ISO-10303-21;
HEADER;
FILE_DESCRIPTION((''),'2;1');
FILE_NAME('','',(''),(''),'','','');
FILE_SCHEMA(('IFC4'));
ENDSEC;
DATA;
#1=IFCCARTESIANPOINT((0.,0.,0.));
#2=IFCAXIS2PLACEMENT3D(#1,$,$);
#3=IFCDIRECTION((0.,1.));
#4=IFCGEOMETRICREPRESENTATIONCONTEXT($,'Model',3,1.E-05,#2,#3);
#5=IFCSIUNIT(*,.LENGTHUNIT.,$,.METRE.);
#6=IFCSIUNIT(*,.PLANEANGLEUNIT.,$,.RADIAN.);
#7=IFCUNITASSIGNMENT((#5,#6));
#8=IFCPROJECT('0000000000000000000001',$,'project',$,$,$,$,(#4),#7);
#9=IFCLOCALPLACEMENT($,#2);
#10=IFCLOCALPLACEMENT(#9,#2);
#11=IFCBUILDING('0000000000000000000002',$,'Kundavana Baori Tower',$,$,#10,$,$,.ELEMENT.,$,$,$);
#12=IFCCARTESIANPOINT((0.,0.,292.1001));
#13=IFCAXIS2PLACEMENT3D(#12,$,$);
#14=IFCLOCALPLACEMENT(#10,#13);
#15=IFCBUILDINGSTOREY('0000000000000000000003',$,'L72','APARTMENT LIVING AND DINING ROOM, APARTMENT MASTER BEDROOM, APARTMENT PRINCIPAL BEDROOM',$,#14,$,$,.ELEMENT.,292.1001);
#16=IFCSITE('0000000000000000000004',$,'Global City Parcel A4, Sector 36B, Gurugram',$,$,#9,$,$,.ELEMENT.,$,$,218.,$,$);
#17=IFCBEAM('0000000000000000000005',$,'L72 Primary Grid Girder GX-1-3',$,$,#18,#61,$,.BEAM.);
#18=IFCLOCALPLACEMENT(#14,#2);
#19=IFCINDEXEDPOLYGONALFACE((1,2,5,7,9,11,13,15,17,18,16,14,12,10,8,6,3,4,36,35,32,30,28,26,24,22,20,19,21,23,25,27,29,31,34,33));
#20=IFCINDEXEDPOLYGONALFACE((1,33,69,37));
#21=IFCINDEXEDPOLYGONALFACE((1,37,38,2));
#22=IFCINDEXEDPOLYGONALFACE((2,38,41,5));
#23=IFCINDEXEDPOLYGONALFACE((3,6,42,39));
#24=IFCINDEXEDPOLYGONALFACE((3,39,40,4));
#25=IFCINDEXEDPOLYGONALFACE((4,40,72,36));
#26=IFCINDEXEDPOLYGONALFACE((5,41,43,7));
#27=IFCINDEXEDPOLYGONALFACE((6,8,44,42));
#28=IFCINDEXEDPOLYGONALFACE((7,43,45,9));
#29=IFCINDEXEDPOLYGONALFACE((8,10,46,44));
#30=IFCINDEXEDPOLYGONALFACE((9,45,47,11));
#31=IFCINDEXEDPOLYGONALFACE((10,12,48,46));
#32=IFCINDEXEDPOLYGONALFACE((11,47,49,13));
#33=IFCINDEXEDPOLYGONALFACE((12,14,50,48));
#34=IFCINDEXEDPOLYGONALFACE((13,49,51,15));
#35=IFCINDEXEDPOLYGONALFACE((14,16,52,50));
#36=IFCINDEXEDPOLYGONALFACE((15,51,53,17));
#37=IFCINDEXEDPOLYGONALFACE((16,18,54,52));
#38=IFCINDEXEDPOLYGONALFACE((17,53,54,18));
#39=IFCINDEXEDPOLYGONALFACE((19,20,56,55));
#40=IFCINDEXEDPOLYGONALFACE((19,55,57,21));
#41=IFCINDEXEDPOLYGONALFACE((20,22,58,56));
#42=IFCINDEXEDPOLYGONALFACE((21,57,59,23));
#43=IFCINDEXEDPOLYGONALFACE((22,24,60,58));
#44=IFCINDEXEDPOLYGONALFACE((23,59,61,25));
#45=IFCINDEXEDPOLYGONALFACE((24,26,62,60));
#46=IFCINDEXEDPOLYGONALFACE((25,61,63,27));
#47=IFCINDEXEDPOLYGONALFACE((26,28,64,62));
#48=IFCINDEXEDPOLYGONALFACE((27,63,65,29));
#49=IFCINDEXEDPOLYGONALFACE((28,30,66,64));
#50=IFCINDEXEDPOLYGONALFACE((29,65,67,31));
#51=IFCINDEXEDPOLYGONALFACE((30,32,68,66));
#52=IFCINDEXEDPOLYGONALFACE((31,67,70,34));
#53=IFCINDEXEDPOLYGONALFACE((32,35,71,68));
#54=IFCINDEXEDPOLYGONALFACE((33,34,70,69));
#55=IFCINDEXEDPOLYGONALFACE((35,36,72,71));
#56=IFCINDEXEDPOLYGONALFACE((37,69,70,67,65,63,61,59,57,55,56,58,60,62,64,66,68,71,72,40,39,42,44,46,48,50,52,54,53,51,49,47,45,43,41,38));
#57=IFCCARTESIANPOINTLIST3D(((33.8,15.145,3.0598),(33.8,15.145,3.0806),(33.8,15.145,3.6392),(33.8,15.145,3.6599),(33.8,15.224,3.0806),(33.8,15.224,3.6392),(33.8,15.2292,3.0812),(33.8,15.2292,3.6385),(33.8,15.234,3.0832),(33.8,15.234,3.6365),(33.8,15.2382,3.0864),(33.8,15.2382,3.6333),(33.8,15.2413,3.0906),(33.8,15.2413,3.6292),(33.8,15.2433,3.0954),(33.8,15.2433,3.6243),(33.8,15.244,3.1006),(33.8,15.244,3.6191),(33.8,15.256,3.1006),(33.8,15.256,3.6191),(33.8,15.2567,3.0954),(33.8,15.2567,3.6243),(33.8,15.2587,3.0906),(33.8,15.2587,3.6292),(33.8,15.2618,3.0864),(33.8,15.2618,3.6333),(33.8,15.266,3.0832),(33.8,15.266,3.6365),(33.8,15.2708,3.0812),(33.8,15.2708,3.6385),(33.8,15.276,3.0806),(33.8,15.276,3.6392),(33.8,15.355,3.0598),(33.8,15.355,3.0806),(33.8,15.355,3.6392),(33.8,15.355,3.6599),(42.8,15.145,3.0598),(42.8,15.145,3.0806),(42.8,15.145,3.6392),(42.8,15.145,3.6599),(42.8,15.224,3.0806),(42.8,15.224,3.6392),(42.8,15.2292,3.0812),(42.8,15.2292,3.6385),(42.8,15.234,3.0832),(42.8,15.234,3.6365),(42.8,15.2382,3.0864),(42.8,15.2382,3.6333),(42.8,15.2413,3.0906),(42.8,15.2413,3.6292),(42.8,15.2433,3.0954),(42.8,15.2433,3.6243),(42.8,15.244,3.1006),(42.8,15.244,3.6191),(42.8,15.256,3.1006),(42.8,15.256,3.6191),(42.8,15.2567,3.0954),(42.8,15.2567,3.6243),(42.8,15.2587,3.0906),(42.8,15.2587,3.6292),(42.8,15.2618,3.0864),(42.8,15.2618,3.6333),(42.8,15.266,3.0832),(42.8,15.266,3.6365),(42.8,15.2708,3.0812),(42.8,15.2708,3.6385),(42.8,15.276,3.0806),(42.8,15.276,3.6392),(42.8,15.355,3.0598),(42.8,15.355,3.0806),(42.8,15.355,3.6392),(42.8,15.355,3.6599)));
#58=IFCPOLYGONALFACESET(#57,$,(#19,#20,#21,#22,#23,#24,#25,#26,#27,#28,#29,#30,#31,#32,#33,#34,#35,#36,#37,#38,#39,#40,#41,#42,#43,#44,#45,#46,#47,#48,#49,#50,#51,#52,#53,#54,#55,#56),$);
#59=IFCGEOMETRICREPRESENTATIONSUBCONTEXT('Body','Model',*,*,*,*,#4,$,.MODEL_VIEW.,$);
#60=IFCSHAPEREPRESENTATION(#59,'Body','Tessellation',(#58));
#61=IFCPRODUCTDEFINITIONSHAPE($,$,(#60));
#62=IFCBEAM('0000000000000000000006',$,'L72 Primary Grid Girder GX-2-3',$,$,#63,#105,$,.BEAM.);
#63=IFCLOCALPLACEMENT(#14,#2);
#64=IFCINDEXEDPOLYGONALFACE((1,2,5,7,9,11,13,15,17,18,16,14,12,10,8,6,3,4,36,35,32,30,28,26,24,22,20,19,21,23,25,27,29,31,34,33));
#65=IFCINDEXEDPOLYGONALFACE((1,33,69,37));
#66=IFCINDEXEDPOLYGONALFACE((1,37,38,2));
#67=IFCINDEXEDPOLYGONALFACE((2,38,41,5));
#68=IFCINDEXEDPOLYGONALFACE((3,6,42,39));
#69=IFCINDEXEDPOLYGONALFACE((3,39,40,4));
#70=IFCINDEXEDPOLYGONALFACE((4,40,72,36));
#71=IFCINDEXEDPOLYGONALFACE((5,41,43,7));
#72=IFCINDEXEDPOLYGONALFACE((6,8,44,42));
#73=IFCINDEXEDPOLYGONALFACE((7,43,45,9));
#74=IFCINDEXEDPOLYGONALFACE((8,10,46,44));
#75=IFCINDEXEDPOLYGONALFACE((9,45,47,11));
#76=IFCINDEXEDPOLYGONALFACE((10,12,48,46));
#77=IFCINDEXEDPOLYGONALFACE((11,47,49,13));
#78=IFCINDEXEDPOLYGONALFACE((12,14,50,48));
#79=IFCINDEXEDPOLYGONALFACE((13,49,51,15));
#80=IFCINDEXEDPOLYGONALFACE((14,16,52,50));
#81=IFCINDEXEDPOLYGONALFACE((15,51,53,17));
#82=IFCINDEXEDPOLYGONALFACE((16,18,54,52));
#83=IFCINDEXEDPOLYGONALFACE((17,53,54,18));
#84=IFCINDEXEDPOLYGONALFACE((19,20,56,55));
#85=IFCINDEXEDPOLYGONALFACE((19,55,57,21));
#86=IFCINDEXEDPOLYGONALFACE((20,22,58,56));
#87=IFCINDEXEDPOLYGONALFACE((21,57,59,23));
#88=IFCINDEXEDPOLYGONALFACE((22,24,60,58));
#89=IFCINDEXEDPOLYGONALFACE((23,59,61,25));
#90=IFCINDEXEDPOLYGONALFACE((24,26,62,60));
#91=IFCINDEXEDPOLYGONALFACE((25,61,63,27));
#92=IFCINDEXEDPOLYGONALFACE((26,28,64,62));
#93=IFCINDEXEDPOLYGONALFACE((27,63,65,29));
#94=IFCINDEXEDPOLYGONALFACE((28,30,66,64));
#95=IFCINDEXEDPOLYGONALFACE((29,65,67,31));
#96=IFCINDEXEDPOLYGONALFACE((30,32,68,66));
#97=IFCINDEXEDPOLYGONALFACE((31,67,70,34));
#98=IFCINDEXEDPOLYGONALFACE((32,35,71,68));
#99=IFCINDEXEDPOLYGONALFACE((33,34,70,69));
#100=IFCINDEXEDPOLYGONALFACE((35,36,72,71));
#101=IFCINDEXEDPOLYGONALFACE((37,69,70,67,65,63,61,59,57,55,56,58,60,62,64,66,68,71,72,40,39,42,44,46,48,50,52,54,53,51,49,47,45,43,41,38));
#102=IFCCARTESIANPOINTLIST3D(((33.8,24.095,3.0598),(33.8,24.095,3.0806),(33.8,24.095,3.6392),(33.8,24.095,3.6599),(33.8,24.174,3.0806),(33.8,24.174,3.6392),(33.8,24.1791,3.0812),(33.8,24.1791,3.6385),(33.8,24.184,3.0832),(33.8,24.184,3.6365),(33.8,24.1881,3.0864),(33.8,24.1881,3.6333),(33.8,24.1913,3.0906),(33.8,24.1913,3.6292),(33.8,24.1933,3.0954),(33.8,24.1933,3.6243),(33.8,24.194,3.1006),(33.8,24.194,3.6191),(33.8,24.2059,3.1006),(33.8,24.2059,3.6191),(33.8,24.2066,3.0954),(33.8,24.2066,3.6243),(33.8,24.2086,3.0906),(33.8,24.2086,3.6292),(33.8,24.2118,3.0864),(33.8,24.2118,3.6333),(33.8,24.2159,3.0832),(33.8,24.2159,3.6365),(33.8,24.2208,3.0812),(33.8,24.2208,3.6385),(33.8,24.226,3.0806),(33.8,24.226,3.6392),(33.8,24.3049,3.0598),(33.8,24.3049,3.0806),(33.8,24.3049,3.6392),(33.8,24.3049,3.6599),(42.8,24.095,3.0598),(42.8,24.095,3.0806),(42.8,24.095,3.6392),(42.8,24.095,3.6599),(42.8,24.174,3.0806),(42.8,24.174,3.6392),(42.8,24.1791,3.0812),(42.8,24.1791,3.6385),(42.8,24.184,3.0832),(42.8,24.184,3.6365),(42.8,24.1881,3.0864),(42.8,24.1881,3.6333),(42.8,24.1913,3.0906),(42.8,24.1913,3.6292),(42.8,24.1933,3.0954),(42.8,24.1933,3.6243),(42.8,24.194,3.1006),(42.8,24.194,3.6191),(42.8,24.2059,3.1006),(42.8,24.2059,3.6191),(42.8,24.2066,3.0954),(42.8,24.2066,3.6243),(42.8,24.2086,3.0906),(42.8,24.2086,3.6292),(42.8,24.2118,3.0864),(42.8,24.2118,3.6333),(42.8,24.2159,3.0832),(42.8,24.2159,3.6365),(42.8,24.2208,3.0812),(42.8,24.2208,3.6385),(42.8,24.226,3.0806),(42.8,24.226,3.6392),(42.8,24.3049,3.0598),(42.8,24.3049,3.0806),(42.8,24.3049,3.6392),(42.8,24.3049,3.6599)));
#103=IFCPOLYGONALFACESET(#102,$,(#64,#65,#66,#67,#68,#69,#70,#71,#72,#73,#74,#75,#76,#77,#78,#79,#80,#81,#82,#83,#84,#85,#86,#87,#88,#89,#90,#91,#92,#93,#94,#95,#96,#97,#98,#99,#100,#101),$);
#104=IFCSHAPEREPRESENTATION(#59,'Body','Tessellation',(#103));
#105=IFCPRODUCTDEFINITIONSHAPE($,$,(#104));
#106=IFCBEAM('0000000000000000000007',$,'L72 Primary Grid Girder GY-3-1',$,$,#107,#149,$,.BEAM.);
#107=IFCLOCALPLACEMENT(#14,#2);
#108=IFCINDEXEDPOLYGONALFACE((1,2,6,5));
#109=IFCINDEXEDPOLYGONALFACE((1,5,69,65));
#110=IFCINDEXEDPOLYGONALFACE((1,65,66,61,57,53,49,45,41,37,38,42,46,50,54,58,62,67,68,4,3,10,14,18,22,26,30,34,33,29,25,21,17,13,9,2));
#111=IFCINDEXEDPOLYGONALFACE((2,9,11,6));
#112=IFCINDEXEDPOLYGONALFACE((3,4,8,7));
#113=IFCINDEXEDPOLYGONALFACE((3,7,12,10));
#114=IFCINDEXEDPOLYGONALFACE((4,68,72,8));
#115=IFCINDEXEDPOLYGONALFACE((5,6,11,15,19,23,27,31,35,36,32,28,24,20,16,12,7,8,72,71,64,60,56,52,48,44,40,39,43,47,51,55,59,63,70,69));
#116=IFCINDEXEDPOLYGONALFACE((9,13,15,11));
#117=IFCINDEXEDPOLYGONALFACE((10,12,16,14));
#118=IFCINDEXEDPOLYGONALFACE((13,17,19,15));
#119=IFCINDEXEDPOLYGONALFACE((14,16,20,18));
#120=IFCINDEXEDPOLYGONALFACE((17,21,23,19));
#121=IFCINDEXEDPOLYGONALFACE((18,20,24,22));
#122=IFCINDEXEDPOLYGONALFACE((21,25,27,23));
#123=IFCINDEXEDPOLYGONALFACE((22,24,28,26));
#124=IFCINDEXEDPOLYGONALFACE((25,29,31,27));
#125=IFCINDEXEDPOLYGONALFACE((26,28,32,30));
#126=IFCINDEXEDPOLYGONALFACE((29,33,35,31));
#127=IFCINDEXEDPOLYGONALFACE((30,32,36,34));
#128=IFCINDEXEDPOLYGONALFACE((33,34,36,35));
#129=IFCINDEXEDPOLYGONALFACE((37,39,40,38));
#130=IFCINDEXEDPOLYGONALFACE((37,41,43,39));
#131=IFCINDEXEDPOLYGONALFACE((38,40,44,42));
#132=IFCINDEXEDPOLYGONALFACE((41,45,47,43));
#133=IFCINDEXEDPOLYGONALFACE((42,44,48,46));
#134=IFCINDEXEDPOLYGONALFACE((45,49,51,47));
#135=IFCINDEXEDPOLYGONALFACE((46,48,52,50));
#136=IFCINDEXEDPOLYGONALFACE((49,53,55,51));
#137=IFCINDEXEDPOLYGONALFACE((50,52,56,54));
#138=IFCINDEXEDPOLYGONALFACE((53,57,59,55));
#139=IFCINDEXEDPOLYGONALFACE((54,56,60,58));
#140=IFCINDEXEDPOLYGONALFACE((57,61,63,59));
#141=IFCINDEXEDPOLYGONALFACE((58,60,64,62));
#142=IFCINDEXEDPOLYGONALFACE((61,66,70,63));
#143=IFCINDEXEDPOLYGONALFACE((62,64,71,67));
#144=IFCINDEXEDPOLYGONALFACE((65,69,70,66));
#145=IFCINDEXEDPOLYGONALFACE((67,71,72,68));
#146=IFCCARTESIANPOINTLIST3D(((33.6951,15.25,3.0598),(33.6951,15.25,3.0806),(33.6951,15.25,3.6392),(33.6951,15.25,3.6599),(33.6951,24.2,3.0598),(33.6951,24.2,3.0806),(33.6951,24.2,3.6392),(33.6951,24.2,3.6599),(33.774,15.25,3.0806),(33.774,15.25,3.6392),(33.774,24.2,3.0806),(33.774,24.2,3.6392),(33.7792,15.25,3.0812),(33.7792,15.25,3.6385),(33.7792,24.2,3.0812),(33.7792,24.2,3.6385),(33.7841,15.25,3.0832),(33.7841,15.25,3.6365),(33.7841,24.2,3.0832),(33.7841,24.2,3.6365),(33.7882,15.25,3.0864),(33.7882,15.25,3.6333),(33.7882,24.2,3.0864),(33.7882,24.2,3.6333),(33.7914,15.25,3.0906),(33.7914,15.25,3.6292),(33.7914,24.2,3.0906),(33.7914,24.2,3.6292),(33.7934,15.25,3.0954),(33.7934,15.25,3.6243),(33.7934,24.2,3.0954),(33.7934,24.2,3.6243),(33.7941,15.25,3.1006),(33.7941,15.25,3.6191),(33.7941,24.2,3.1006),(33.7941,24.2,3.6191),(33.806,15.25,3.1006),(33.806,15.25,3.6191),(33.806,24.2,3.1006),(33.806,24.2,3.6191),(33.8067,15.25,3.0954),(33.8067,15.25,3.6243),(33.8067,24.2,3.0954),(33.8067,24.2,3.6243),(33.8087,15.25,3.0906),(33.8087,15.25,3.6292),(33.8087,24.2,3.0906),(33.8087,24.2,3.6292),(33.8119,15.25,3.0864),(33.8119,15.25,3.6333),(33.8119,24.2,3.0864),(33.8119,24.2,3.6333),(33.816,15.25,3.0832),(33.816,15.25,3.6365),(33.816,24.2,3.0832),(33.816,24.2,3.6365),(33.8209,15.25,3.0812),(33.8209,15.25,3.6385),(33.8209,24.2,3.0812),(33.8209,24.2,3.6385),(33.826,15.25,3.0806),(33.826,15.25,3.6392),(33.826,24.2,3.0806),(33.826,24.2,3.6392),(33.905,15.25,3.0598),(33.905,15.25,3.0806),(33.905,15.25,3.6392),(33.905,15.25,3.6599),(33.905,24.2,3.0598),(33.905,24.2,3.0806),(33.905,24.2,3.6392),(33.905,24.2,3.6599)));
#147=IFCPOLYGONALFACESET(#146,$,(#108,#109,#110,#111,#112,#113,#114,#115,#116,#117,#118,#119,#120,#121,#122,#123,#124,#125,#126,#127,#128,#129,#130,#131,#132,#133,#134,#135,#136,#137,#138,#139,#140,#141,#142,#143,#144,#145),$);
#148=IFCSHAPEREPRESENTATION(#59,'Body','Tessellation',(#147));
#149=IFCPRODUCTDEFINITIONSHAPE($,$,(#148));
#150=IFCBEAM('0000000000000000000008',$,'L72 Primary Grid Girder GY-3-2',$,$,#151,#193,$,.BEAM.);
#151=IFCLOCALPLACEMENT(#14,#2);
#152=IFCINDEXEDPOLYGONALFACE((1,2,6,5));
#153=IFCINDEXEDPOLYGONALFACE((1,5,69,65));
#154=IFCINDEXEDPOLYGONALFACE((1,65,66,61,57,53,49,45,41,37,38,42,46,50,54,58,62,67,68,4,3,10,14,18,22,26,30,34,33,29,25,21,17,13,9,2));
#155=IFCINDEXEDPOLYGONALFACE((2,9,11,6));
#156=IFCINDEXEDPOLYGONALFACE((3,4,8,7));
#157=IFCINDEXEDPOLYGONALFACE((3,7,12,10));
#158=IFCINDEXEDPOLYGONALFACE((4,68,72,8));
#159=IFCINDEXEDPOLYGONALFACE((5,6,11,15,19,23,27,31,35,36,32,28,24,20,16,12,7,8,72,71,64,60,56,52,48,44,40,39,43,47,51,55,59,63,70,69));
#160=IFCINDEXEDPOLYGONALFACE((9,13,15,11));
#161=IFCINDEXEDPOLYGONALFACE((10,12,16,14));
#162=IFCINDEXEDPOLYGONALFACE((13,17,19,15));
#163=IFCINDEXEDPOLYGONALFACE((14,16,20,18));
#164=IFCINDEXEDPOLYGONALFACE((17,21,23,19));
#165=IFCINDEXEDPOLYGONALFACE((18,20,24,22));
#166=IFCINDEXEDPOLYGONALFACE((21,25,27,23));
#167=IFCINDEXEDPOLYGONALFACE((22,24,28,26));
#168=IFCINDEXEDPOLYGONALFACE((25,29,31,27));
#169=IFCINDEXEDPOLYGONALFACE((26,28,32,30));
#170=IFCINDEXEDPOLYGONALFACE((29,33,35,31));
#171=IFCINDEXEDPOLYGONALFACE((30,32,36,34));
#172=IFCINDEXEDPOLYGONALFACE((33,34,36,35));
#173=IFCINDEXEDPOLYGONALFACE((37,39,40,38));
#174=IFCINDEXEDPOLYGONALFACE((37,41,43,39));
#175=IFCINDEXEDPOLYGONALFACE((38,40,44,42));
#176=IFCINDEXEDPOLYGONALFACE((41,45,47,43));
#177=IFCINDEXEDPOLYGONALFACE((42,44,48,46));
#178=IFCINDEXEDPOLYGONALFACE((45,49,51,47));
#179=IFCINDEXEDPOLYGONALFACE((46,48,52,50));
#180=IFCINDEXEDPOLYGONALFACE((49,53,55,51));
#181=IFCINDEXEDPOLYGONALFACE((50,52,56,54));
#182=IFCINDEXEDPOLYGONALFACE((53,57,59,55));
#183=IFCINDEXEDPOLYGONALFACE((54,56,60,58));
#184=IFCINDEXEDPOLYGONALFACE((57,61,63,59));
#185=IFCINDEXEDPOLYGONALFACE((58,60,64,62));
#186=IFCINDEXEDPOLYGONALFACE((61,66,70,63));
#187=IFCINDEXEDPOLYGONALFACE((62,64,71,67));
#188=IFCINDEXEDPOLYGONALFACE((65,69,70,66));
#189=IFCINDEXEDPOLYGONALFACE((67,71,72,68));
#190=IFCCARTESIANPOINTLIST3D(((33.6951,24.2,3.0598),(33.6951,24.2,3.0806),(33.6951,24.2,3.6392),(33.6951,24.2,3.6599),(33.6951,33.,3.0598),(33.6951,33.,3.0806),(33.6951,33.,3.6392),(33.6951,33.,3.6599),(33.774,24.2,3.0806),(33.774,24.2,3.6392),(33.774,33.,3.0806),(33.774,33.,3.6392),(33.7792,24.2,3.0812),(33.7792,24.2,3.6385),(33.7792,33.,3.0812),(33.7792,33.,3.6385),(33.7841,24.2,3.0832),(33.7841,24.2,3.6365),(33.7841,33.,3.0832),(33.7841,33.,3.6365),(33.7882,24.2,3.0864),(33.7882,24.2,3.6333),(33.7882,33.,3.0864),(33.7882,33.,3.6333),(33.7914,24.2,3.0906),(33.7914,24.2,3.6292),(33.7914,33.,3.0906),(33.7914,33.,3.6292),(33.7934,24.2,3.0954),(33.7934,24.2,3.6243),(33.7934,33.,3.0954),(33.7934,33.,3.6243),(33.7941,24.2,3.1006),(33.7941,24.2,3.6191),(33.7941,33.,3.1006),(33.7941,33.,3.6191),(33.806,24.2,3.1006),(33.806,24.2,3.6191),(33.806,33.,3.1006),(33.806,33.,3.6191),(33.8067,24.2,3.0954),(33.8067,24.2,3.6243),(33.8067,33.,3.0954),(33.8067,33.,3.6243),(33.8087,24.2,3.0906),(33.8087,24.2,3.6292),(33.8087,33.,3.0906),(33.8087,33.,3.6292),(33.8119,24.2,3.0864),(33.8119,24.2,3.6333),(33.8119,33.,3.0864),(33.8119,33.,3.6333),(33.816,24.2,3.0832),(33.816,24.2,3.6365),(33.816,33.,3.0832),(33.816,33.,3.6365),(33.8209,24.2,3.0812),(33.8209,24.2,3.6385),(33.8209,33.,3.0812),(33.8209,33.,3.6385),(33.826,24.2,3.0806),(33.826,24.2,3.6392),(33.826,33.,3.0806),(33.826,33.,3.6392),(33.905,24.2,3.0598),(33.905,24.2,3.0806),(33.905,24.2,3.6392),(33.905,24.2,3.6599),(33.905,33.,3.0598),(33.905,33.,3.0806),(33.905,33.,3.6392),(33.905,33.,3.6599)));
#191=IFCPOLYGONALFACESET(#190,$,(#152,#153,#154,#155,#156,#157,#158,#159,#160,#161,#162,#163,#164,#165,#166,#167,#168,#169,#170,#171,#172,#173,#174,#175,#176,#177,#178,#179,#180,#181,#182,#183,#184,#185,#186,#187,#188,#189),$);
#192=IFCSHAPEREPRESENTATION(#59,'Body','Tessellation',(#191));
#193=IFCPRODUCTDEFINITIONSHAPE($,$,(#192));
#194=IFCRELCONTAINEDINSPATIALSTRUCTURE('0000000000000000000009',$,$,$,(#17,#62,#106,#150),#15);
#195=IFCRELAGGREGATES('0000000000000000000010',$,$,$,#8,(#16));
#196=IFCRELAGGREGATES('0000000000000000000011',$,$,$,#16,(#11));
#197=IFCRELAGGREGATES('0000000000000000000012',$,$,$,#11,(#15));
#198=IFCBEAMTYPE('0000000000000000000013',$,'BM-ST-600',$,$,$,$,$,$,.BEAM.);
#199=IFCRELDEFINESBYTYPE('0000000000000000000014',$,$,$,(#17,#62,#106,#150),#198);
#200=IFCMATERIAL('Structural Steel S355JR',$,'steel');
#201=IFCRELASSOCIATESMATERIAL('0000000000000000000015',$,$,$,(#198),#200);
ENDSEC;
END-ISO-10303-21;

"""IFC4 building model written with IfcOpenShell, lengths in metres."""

from ifc_helpers import new_model, si_unit, direction, frame, origin, origin_2d, place, context, subcontext, project, spatial, i_section, extrude, material, material_profile, profile_set, type_object, element, save


model = new_model("IFC4")

# Units and contexts
model_context = context("Model", 3, precision=1e-05, world=origin(), true_north=direction((0.0, 1.0)))
body_context = subcontext(model_context, "Body", "Model", "MODEL_VIEW")
ifc_project = project(units=[si_unit("LENGTHUNIT", "METRE"), si_unit("PLANEANGLEUNIT", "RADIAN")], contexts=[model_context])

# Site, building, storey
site_placement = place(None, origin())
site = spatial("IfcSite", under=ifc_project, at=site_placement, Name="Global City Parcel A4, Sector 36B, Gurugram", CompositionType="ELEMENT", RefElevation=218.0)
building_placement = place(site_placement, origin())
building = spatial("IfcBuilding", under=site, at=building_placement, Name="Kundavana Baori Tower", CompositionType="ELEMENT")
storey_placement = place(building_placement, frame((0.0, 0.0, 292.1001)))
storey = spatial("IfcBuildingStorey", under=building, at=storey_placement, Name="L72", Description="APARTMENT LIVING AND DINING ROOM, APARTMENT MASTER BEDROOM, APARTMENT PRINCIPAL BEDROOM", CompositionType="ELEMENT", Elevation=292.1001)

# Beams
ifc_material_1 = material(Name="Structural Steel S355JR", Category="steel")
ifc_material_profile_1 = material_profile(ifc_material_1, i_section(OverallWidth=0.21, OverallDepth=0.6001, WebThickness=0.012, FlangeThickness=0.0208, FilletRadius=0.02, at=origin_2d()), Name="ISMB 600")
ifc_profile_set_1 = profile_set([ifc_material_profile_1], Name="Structural Steel S355JR")
beam_type_1 = type_object("IfcBeamType", Name="BM-ST-600", PredefinedType="BEAM", material=ifc_profile_set_1)
for number, where, z_axis, x_axis, name in (
    (1, (33.8, 15.25, 3.3599), (1.0, 0.0, 0.0), (0.0, 1.0, 0.0), "L72 Primary Grid Girder GX-1-3"),
    (2, (33.8, 24.2, 3.3599), (1.0, 0.0, 0.0), (0.0, 1.0, 0.0), "L72 Primary Grid Girder GX-2-3"),
):
    element("IfcBeam", number, at=place(storey_placement, frame(where, z_axis=z_axis, x_axis=x_axis)), inside=storey, type_object=beam_type_1, Name=name, PredefinedType="BEAM", context=body_context, shape_type="SweptSolid", body=[
        extrude(i_section(OverallWidth=0.21, OverallDepth=0.6001, WebThickness=0.012, FlangeThickness=0.0208, FilletRadius=0.02, at=origin_2d()), origin(), (0.0, 0.0, 1.0), 9.0),
    ])
beam_1_placement = place(storey_placement, frame((33.8, 15.25, 3.3599), z_axis=(0.0, 1.0, 0.0), x_axis=(-1.0, 0.0, 0.0)))
element("IfcBeam", 3, at=beam_1_placement, inside=storey, type_object=beam_type_1, Name="L72 Primary Grid Girder GY-3-1", PredefinedType="BEAM", context=body_context, shape_type="SweptSolid", body=[
    extrude(i_section(OverallWidth=0.21, OverallDepth=0.6001, WebThickness=0.012, FlangeThickness=0.0208, FilletRadius=0.02, at=origin_2d()), origin(), (0.0, 0.0, 1.0), 8.95),
])
beam_2_placement = place(storey_placement, frame((33.8, 24.2, 3.3599), z_axis=(0.0, 1.0, 0.0), x_axis=(-1.0, 0.0, 0.0)))
element("IfcBeam", 4, at=beam_2_placement, inside=storey, type_object=beam_type_1, Name="L72 Primary Grid Girder GY-3-2", PredefinedType="BEAM", context=body_context, shape_type="SweptSolid", body=[
    extrude(i_section(OverallWidth=0.21, OverallDepth=0.6001, WebThickness=0.012, FlangeThickness=0.0208, FilletRadius=0.02, at=origin_2d()), origin(), (0.0, 0.0, 1.0), 8.8),
])

save(model, "model.ifc")
